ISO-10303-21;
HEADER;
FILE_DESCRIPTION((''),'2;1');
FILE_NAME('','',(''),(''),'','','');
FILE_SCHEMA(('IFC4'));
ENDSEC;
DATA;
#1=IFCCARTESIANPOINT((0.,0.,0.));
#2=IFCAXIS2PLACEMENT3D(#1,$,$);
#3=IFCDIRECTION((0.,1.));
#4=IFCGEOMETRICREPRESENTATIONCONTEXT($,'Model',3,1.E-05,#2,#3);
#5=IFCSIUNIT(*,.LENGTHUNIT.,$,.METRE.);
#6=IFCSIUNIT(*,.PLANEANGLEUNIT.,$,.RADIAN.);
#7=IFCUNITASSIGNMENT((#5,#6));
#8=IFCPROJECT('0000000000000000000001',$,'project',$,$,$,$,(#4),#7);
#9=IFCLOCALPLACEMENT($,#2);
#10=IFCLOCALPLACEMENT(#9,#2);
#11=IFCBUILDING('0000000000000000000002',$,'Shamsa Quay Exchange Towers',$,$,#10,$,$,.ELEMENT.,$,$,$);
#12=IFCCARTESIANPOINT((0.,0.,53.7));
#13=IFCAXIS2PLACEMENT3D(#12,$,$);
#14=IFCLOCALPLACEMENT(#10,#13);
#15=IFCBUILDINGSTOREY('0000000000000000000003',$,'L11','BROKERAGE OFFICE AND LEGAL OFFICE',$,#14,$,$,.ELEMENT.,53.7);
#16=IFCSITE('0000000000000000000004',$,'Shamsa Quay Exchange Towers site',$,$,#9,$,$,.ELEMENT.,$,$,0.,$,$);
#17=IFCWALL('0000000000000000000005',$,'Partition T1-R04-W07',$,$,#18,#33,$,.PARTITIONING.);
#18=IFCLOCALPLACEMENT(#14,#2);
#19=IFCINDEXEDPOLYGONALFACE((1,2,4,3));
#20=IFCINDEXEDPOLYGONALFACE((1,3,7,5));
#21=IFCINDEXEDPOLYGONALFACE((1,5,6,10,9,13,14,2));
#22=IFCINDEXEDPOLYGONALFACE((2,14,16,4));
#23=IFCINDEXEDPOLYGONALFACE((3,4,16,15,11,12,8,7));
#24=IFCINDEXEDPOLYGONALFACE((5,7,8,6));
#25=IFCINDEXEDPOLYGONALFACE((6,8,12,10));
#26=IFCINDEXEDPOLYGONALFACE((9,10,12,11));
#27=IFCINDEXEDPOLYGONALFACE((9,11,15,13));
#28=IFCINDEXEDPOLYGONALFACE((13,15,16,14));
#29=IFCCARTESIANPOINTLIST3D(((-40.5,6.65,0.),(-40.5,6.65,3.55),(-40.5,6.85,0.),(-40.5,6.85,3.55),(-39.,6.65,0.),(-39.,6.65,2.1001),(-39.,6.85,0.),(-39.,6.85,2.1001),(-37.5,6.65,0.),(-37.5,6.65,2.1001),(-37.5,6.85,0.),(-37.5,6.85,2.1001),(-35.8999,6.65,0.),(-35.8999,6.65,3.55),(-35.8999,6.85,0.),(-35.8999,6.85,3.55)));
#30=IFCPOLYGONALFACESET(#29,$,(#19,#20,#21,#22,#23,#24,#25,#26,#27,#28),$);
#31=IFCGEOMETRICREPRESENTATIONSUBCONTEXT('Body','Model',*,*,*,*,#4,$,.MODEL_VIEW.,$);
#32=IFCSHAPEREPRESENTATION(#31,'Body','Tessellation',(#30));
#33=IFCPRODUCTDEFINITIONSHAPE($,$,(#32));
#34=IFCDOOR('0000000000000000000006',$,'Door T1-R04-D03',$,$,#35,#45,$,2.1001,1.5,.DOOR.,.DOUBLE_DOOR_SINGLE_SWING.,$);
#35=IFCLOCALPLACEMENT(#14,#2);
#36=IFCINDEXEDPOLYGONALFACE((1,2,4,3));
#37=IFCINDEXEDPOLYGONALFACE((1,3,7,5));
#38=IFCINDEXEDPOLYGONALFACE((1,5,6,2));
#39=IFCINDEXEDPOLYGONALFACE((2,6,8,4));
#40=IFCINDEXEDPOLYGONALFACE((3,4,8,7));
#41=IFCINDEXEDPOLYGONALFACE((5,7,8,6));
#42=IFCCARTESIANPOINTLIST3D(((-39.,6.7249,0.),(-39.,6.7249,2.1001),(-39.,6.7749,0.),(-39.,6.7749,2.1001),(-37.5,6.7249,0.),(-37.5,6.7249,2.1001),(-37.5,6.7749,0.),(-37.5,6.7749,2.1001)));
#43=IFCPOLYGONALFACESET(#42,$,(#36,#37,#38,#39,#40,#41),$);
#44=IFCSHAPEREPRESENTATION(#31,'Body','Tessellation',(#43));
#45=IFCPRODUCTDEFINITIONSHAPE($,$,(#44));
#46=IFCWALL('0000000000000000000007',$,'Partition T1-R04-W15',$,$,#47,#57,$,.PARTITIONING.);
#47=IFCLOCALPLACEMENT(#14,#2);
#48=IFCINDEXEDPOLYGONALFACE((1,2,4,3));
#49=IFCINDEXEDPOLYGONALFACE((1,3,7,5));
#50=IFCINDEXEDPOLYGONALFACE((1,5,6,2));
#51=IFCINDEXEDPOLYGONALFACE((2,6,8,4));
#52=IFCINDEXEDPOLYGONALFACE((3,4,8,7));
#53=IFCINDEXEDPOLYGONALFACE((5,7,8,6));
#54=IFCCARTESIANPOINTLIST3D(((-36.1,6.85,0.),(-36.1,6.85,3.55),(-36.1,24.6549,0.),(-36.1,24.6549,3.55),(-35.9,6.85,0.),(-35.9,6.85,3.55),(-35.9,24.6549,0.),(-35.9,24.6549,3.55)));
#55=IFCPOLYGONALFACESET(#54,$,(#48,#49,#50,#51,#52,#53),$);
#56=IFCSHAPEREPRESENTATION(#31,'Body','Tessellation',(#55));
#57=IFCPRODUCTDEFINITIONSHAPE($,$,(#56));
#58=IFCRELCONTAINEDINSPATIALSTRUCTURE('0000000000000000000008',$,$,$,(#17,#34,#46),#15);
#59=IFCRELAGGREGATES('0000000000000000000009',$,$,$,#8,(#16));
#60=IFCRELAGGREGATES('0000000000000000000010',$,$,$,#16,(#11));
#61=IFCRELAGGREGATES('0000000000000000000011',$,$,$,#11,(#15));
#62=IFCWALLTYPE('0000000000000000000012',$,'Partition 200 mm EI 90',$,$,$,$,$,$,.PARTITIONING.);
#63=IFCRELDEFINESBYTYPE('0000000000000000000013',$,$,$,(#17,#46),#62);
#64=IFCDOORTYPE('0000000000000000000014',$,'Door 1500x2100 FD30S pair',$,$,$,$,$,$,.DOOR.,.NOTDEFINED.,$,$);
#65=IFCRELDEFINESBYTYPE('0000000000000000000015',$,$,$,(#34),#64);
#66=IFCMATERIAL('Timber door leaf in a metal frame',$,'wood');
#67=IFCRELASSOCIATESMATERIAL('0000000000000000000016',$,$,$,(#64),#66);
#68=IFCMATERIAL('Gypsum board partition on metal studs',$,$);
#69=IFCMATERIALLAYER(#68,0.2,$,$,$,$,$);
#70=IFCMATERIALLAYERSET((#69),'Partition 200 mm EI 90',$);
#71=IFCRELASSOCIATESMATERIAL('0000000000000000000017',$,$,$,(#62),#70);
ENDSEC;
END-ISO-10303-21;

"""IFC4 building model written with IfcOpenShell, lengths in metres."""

from ifc_helpers import new_model, si_unit, direction, frame, frame_2d, origin, place, context, subcontext, project, spatial, rectangle, extrude, material, layer, layer_set, type_object, element, fill, save


model = new_model("IFC4")

# Units and contexts
model_context = context("Model", 3, precision=1e-05, world=origin(), true_north=direction((0.0, 1.0)))
body_context = subcontext(model_context, "Body", "Model", "MODEL_VIEW")
ifc_project = project(units=[si_unit("LENGTHUNIT", "METRE"), si_unit("PLANEANGLEUNIT", "RADIAN")], contexts=[model_context])

# Site, building, storey
site_placement = place(None, origin())
site = spatial("IfcSite", under=ifc_project, at=site_placement, Name="Shamsa Quay Exchange Towers site", CompositionType="ELEMENT", RefElevation=0.0)
building_placement = place(site_placement, origin())
building = spatial("IfcBuilding", under=site, at=building_placement, Name="Shamsa Quay Exchange Towers", CompositionType="ELEMENT")
storey_placement = place(building_placement, frame((0.0, 0.0, 53.7)))
storey = spatial("IfcBuildingStorey", under=building, at=storey_placement, Name="L11", Description="BROKERAGE OFFICE AND LEGAL OFFICE", CompositionType="ELEMENT", Elevation=53.7)

# Shared definitions
ifc_material_1 = material(Name="Gypsum board partition on metal studs")
ifc_material_2 = material(Name="Timber door leaf in a metal frame", Category="wood")

# Shared definitions
door_type_1 = type_object("IfcDoorType", Name="Door 1500x2100 FD30S pair", OperationType="NOTDEFINED", PredefinedType="DOOR", material=ifc_material_2)

# Wall, opening, door
ifc_layer_1 = layer(ifc_material_1, 0.2)
ifc_layer_set_1 = layer_set([ifc_layer_1], Name="Partition 200 mm EI 90")
wall_type_1 = type_object("IfcWallType", Name="Partition 200 mm EI 90", PredefinedType="PARTITIONING", material=ifc_layer_set_1)
wall_1_placement = place(storey_placement, frame((-40.5, 6.75, 0.0)))
wall_1 = element("IfcWall", 1, at=wall_1_placement, inside=storey, type_object=wall_type_1, Name="Partition T1-R04-W07", PredefinedType="PARTITIONING", context=body_context, shape_type="SweptSolid", body=[
    extrude(rectangle(XDim=4.6001, YDim=0.2, at=frame_2d((2.3, 0.0))), origin(), (0.0, 0.0, 1.0), 3.55),
])
opening_1_placement = place(wall_1_placement, frame((1.5, 0.0, 0.0)))
opening_1 = element("IfcOpeningElement", 2, at=opening_1_placement, cuts=wall_1, PredefinedType="OPENING", context=body_context, shape_type="SweptSolid", body=[
    extrude(rectangle(XDim=1.5, YDim=2.1001, at=frame_2d((0.75, 1.05))), frame((0.0, 0.1099, 0.0), z_axis=(0.0, -1.0, 0.0), x_axis=(1.0, 0.0, 0.0)), (0.0, 0.0, 1.0), 0.22),
])
door_1_placement = place(opening_1_placement, origin())
door_1 = element("IfcDoor", 3, at=door_1_placement, inside=storey, type_object=door_type_1, Name="Door T1-R04-D03", OperationType="DOUBLE_DOOR_SINGLE_SWING", OverallHeight=2.1001, OverallWidth=1.5, PredefinedType="DOOR", context=body_context, shape_type="SweptSolid", body=[
    extrude(rectangle(XDim=1.5, YDim=2.1001, at=frame_2d((0.75, 1.05))), frame((0.0, 0.0249, 0.0), z_axis=(0.0, -1.0, 0.0), x_axis=(1.0, 0.0, 0.0)), (0.0, 0.0, 1.0), 0.05),
])
fill(opening_1, door_1)

# Wall
wall_2_placement = place(storey_placement, frame((-36.0, 6.8501, 0.0), z_axis=(0.0, 0.0, 1.0), x_axis=(0.0, 1.0, 0.0)))
element("IfcWall", 4, at=wall_2_placement, inside=storey, type_object=wall_type_1, Name="Partition T1-R04-W15", PredefinedType="PARTITIONING", context=body_context, shape_type="SweptSolid", body=[
    extrude(rectangle(XDim=17.8049, YDim=0.2, at=frame_2d((8.9023, 0.0))), origin(), (0.0, 0.0, 1.0), 3.55),
])

save(model, "model.ifc")
